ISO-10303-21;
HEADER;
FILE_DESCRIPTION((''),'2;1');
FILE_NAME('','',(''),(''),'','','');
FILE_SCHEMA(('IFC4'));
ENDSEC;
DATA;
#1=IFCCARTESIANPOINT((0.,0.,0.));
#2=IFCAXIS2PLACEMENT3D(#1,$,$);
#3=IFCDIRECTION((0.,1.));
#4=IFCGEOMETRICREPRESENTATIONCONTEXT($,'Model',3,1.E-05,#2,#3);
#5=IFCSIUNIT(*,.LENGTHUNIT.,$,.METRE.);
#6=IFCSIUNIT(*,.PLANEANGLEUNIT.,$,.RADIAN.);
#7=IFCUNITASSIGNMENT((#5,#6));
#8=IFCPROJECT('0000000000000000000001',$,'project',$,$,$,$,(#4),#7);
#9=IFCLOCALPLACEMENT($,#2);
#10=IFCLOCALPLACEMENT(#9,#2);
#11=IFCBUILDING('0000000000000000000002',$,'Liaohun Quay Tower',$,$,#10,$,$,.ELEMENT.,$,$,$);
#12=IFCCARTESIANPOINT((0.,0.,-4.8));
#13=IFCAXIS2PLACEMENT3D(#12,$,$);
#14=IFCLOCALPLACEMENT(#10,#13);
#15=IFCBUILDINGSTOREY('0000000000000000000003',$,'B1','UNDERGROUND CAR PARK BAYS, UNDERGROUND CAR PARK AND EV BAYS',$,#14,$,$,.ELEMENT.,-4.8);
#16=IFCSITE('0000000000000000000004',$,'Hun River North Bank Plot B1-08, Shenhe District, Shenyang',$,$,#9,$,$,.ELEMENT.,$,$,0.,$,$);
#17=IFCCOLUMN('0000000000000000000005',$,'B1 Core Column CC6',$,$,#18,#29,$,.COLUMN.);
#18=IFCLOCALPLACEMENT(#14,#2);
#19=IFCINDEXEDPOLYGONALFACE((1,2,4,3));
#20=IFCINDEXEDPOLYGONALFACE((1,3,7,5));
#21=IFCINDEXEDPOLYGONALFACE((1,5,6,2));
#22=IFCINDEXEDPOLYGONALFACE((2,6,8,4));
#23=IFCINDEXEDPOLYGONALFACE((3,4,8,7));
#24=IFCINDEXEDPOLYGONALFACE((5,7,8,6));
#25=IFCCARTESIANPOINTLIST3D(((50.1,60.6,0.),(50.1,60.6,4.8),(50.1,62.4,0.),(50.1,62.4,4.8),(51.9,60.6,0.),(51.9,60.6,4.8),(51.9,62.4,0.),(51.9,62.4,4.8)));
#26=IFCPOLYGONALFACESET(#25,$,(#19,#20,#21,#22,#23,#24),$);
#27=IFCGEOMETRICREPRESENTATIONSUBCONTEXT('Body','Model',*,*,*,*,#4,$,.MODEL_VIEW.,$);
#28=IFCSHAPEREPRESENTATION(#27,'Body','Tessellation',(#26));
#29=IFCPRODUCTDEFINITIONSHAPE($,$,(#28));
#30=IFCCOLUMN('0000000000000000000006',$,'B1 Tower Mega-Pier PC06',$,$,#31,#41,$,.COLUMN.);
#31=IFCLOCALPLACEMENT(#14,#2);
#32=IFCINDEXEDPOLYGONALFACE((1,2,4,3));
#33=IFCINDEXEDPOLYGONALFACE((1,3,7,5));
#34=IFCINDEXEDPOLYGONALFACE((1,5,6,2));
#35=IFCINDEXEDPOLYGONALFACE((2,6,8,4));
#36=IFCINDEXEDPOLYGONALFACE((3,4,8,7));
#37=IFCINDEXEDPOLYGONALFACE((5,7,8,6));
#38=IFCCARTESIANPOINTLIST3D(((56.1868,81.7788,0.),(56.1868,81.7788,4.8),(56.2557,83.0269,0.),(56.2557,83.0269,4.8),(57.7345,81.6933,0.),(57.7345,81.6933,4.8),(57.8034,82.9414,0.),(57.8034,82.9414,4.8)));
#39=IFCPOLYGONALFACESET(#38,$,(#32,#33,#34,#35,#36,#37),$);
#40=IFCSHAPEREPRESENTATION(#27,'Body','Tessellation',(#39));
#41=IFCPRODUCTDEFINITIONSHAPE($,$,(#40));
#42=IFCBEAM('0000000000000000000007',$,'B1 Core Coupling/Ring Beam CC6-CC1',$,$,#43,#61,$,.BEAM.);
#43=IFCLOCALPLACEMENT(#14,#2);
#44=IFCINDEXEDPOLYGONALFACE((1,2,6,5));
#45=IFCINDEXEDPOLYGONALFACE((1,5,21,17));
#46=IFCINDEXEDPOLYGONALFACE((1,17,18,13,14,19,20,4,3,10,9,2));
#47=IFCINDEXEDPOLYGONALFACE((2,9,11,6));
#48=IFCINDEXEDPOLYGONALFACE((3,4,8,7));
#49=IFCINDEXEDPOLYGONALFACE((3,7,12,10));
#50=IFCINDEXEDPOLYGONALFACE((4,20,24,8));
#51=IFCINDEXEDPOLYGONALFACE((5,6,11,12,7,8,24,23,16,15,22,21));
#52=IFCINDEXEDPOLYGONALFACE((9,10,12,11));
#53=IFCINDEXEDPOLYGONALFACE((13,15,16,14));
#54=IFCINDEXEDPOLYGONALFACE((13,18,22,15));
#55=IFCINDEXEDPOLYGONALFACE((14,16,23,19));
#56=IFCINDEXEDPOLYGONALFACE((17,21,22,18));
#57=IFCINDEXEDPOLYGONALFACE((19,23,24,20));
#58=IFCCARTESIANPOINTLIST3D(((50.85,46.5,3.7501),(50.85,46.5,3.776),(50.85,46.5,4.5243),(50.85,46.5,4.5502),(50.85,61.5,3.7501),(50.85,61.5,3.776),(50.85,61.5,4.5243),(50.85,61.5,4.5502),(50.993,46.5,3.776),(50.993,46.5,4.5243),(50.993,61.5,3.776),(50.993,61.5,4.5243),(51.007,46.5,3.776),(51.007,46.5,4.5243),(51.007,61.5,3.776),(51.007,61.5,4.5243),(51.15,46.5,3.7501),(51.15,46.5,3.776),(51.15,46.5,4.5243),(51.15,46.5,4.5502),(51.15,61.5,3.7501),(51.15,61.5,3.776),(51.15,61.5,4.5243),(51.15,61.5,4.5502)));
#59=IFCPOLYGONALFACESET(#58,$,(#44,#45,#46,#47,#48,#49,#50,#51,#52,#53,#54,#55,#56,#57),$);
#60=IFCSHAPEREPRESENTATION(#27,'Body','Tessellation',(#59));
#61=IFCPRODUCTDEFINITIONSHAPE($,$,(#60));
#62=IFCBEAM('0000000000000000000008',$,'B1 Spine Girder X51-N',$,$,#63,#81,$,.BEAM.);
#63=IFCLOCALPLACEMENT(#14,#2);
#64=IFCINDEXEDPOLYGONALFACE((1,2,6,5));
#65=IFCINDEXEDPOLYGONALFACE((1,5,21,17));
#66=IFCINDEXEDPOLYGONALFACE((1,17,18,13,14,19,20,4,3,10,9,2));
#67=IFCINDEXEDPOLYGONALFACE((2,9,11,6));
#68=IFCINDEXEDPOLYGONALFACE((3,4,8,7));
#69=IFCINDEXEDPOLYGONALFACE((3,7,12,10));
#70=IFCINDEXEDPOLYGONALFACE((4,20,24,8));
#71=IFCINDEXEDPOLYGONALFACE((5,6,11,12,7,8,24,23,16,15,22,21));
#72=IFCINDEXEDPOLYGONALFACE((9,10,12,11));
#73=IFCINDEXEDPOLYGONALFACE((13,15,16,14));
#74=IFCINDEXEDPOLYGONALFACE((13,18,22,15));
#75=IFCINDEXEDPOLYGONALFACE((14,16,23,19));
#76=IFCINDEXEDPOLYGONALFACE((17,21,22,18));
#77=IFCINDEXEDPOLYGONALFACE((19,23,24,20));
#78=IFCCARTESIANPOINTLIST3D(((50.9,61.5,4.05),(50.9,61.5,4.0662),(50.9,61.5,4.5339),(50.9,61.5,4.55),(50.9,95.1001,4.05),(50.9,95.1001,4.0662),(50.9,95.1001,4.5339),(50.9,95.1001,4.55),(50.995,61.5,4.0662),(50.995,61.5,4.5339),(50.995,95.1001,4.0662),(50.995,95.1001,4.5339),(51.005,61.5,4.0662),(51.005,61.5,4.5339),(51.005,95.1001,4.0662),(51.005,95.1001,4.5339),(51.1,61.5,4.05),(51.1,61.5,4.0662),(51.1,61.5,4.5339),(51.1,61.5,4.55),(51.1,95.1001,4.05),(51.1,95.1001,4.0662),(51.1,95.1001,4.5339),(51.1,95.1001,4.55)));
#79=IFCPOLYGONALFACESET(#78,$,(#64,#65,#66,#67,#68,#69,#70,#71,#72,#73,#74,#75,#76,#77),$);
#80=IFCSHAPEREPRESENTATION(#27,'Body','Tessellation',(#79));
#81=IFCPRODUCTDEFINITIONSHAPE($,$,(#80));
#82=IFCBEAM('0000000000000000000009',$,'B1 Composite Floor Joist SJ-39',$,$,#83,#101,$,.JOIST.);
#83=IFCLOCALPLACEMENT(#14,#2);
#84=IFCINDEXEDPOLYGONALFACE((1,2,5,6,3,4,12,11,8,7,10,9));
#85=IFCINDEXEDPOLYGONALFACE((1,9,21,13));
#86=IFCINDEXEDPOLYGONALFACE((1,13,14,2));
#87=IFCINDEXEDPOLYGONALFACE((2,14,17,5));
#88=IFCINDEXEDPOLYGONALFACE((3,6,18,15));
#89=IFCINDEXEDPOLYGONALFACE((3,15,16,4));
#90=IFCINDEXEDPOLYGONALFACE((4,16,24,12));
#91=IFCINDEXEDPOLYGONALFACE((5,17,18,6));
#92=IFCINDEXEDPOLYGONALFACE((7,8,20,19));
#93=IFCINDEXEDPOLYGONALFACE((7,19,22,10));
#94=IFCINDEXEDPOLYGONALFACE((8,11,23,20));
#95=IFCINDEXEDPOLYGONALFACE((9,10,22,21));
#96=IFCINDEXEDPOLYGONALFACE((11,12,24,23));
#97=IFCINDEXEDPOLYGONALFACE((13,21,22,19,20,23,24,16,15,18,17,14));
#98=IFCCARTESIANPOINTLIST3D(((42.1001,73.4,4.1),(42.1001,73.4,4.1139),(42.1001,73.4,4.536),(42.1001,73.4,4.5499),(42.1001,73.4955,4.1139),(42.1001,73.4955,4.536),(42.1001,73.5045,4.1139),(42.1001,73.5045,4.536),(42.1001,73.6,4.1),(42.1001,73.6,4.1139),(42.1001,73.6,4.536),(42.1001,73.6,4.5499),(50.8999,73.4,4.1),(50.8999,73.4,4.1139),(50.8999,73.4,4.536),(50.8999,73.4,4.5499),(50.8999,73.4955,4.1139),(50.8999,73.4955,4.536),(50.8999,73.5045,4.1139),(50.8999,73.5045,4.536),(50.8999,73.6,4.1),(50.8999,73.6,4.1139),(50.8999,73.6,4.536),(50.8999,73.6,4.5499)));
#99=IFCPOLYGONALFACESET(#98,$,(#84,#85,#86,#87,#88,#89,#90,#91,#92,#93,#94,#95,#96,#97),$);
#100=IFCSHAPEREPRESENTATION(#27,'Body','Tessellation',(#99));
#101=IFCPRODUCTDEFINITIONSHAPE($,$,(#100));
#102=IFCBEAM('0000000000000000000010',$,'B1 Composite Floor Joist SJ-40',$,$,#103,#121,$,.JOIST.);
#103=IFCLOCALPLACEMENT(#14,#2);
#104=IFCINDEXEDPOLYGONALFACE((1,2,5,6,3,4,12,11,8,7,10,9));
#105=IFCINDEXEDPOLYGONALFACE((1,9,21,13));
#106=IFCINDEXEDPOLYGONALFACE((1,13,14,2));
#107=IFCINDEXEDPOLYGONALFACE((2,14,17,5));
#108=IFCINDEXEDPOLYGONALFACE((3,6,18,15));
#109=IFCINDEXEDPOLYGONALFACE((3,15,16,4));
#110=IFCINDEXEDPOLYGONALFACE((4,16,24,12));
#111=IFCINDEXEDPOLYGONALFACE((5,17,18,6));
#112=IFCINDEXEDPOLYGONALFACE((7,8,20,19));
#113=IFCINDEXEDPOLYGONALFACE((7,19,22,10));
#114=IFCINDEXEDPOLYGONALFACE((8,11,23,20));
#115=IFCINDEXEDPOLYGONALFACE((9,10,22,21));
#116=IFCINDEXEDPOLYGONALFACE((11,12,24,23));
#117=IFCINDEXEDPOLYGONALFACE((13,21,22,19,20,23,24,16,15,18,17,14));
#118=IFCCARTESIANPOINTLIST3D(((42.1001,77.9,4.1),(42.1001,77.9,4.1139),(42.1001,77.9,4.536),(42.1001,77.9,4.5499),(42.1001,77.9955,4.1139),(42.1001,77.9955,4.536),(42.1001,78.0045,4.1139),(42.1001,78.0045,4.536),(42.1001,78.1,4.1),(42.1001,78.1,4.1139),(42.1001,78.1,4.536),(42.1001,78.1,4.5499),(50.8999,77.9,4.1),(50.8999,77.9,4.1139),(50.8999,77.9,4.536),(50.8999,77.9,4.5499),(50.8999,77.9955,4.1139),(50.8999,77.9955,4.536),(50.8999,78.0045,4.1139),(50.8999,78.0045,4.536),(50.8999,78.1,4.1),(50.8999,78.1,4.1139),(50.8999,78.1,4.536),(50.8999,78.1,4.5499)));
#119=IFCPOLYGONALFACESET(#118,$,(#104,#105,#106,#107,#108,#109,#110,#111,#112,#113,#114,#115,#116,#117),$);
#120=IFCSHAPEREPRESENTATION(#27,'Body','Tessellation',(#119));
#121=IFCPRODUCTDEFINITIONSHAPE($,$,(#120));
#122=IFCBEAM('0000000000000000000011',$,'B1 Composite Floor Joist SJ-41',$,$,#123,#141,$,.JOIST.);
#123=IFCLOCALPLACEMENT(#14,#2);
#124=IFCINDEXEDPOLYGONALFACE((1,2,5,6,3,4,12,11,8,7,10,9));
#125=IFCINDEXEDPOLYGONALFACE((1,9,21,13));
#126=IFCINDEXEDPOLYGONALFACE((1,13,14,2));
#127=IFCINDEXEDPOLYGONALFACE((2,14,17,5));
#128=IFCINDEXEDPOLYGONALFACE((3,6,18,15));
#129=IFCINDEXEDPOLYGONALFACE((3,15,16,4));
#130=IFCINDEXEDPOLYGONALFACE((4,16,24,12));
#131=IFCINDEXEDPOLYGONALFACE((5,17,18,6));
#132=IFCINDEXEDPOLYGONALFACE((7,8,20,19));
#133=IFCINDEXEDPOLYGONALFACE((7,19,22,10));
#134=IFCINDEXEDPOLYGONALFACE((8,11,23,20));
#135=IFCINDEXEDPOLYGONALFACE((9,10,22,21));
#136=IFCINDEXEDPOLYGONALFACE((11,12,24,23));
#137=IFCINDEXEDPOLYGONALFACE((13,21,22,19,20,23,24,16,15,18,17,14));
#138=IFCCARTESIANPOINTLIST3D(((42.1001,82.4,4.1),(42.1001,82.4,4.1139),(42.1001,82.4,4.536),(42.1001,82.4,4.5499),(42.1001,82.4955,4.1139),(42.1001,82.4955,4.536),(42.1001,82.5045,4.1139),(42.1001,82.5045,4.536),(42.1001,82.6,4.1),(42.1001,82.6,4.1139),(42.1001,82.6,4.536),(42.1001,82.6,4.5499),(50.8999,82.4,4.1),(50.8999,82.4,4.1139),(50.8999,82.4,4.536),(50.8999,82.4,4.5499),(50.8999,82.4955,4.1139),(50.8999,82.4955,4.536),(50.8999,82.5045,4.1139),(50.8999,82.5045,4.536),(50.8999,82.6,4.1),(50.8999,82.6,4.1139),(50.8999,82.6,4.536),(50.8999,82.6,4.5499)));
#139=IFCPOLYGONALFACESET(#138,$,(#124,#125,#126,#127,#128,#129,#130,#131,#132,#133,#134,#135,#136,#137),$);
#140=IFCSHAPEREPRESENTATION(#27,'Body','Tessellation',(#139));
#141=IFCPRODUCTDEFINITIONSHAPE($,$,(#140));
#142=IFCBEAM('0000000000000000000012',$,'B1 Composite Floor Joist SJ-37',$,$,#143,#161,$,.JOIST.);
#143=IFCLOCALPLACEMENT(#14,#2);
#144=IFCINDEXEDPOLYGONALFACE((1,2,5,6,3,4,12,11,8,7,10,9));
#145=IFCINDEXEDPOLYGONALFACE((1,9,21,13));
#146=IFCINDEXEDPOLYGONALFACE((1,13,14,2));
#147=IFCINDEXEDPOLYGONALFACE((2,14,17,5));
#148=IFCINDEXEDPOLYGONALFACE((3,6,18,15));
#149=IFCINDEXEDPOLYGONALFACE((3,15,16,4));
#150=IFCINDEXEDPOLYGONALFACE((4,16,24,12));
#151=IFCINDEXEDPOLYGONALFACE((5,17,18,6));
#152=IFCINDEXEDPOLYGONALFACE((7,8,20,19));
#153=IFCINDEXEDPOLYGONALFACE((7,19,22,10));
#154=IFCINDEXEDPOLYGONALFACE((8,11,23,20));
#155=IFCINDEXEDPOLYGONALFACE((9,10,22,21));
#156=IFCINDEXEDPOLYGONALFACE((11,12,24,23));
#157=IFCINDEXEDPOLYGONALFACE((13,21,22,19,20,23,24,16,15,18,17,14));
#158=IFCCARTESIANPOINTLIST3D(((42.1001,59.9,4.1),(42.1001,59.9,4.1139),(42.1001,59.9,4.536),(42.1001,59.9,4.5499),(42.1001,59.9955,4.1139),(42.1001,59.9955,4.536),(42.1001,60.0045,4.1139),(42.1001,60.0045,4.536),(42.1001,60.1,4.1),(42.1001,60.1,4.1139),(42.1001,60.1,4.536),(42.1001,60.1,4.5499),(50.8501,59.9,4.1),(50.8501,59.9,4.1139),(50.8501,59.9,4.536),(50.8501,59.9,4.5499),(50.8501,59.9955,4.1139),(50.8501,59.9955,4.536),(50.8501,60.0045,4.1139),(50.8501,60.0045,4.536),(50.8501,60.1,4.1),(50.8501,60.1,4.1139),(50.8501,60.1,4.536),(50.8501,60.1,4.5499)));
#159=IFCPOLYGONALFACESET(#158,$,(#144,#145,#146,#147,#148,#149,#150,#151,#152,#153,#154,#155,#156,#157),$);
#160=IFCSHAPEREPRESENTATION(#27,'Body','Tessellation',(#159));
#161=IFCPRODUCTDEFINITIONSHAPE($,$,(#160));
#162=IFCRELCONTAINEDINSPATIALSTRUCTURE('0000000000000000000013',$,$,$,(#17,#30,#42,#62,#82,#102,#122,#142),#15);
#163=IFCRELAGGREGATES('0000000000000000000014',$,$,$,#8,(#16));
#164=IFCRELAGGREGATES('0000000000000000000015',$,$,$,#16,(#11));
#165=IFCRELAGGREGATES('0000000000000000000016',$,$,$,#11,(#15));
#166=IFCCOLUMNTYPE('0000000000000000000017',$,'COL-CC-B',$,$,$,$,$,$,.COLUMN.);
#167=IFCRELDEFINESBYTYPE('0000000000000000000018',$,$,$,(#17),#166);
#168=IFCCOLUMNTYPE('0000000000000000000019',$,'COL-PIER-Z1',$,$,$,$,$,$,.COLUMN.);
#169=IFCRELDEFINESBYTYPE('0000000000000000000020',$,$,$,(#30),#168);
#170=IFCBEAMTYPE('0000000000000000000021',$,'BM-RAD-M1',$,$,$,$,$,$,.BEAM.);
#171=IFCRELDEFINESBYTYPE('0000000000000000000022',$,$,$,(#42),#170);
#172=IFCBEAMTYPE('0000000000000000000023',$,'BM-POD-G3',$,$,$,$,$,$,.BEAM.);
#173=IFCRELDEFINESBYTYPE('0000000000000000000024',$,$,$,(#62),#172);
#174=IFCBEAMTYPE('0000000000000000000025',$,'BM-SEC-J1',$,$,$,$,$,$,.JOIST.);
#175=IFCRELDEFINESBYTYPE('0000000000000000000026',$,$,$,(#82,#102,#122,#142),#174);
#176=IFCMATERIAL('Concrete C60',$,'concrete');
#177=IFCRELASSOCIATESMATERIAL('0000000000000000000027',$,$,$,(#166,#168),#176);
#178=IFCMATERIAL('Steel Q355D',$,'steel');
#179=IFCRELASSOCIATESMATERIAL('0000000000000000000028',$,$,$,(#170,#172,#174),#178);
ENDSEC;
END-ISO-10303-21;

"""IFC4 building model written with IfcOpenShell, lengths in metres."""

from ifc_helpers import new_model, si_unit, direction, frame, origin, origin_2d, place, context, subcontext, project, spatial, rectangle, i_section, extrude, source, transform, mapped, material, material_profile, profile_set, type_object, element, save


model = new_model("IFC4")

# Units and contexts
model_context = context("Model", 3, precision=1e-05, world=origin(), true_north=direction((0.0, 1.0)))
body_context = subcontext(model_context, "Body", "Model", "MODEL_VIEW")
ifc_project = project(units=[si_unit("LENGTHUNIT", "METRE"), si_unit("PLANEANGLEUNIT", "RADIAN")], contexts=[model_context])

# Site, building, storey
site_placement = place(None, origin())
site = spatial("IfcSite", under=ifc_project, at=site_placement, Name="Hun River North Bank Plot B1-08, Shenhe District, Shenyang", CompositionType="ELEMENT", RefElevation=0.0)
building_placement = place(site_placement, origin())
building = spatial("IfcBuilding", under=site, at=building_placement, Name="Liaohun Quay Tower", CompositionType="ELEMENT")
storey_placement = place(building_placement, frame((0.0, 0.0, -4.8)))
storey = spatial("IfcBuildingStorey", under=building, at=storey_placement, Name="B1", Description="UNDERGROUND CAR PARK BAYS, UNDERGROUND CAR PARK AND EV BAYS", CompositionType="ELEMENT", Elevation=-4.8)

# Columns
ifc_material_1 = material(Name="Concrete C60", Category="concrete")
ifc_material_profile_1 = material_profile(ifc_material_1, rectangle(XDim=1.8, YDim=1.8, at=origin_2d()), Name="RC1800x1800")
ifc_profile_set_1 = profile_set([ifc_material_profile_1], Name="Concrete C60")
column_type_1 = type_object("IfcColumnType", Name="COL-CC-B", PredefinedType="COLUMN", material=ifc_profile_set_1)
shared_shape_1 = source(origin(), body_context, "Body", "SweptSolid", [
    extrude(rectangle(XDim=1.8, YDim=1.8, at=origin_2d()), origin(), (0.0, 0.0, 1.0), 4.8),
])
column_1_placement = place(storey_placement, frame((51.0, 61.5, 0.0), z_axis=(0.0, 0.0, 1.0), x_axis=(1.0, 0.0, 0.0)))
element("IfcColumn", 1, at=column_1_placement, inside=storey, type_object=column_type_1, Name="B1 Core Column CC6", PredefinedType="COLUMN", context=body_context, shape_type="MappedRepresentation", body=[
    mapped(shared_shape_1, transform((0.0, 0.0, 0.0), x_axis=(1.0, 0.0, 0.0), y_axis=(0.0, 1.0, 0.0), z_axis=(0.0, 0.0, 1.0), scale=1.0)),
])
ifc_material_profile_2 = material_profile(ifc_material_1, rectangle(XDim=1.55, YDim=1.25, at=origin_2d()), Name="RC1550x1250")
ifc_profile_set_2 = profile_set([ifc_material_profile_2], Name="Concrete C60")
column_type_2 = type_object("IfcColumnType", Name="COL-PIER-Z1", PredefinedType="COLUMN", material=ifc_profile_set_2)
shared_shape_2 = source(origin(), body_context, "Body", "SweptSolid", [
    extrude(rectangle(XDim=1.55, YDim=1.25, at=origin_2d()), origin(), (0.0, 0.0, 1.0), 4.8),
])
column_2_placement = place(storey_placement, frame((56.9951, 82.3601, 0.0), z_axis=(0.0, 0.0, 1.0), x_axis=(-0.998479, 0.055124, 0.0)))
element("IfcColumn", 2, at=column_2_placement, inside=storey, type_object=column_type_2, Name="B1 Tower Mega-Pier PC06", PredefinedType="COLUMN", context=body_context, shape_type="MappedRepresentation", body=[
    mapped(shared_shape_2, transform((0.0, 0.0, 0.0), x_axis=(1.0, 0.0, 0.0), y_axis=(0.0, 1.0, 0.0), z_axis=(0.0, 0.0, 1.0), scale=1.0)),
])

# Beams
ifc_material_2 = material(Name="Steel Q355D", Category="steel")
ifc_material_profile_3 = material_profile(ifc_material_2, i_section(OverallWidth=0.3, OverallDepth=0.8, WebThickness=0.0139, FlangeThickness=0.0259, at=origin_2d()), Name="HN800x300x14x26")
ifc_profile_set_3 = profile_set([ifc_material_profile_3], Name="Steel Q355D")
beam_type_1 = type_object("IfcBeamType", Name="BM-RAD-M1", PredefinedType="BEAM", material=ifc_profile_set_3)
shared_shape_3 = source(origin(), body_context, "Body", "SweptSolid", [
    extrude(i_section(OverallWidth=0.3, OverallDepth=0.8, WebThickness=0.0139, FlangeThickness=0.0259, at=origin_2d()), origin(), (0.0, 0.0, 1.0), 15.0),
])
beam_1_placement = place(storey_placement, frame((51.0, 61.5, 4.1501), z_axis=(0.0, -1.0, 0.0), x_axis=(1.0, 0.0, 0.0)))
element("IfcBeam", 3, at=beam_1_placement, inside=storey, type_object=beam_type_1, Name="B1 Core Coupling/Ring Beam CC6-CC1", PredefinedType="BEAM", context=body_context, shape_type="MappedRepresentation", body=[
    mapped(shared_shape_3, transform((0.0, 0.0, 0.0), x_axis=(1.0, 0.0, 0.0), y_axis=(0.0, 1.0, 0.0), z_axis=(0.0, 0.0, 1.0), scale=1.0)),
])
ifc_material_profile_4 = material_profile(ifc_material_2, i_section(OverallWidth=0.2, OverallDepth=0.5, WebThickness=0.01, FlangeThickness=0.0161, at=origin_2d()), Name="HN500x200x10x16")
ifc_profile_set_4 = profile_set([ifc_material_profile_4], Name="Steel Q355D")
beam_type_2 = type_object("IfcBeamType", Name="BM-POD-G3", PredefinedType="BEAM", material=ifc_profile_set_4)
shared_shape_4 = source(origin(), body_context, "Body", "SweptSolid", [
    extrude(i_section(OverallWidth=0.2, OverallDepth=0.5, WebThickness=0.01, FlangeThickness=0.0161, at=origin_2d()), origin(), (0.0, 0.0, 1.0), 33.6001),
])
beam_2_placement = place(storey_placement, frame((51.0, 61.5, 4.3), z_axis=(0.0, 1.0, 0.0), x_axis=(-1.0, 0.0, 0.0)))
element("IfcBeam", 4, at=beam_2_placement, inside=storey, type_object=beam_type_2, Name="B1 Spine Girder X51-N", PredefinedType="BEAM", context=body_context, shape_type="MappedRepresentation", body=[
    mapped(shared_shape_4, transform((0.0, 0.0, 0.0), x_axis=(1.0, 0.0, 0.0), y_axis=(0.0, 1.0, 0.0), z_axis=(0.0, 0.0, 1.0), scale=1.0)),
])
ifc_material_profile_5 = material_profile(ifc_material_2, i_section(OverallWidth=0.2, OverallDepth=0.45, WebThickness=0.009, FlangeThickness=0.0139, at=origin_2d()), Name="HN450x200x9x14")
ifc_profile_set_5 = profile_set([ifc_material_profile_5], Name="Steel Q355D")
beam_type_3 = type_object("IfcBeamType", Name="BM-SEC-J1", PredefinedType="JOIST", material=ifc_profile_set_5)
shared_shape_5 = source(origin(), body_context, "Body", "SweptSolid", [
    extrude(i_section(OverallWidth=0.2, OverallDepth=0.45, WebThickness=0.009, FlangeThickness=0.0139, at=origin_2d()), origin(), (0.0, 0.0, 1.0), 8.7998),
])
for number, where, z_axis, x_axis, name in (
    (5, (42.1001, 73.5, 4.325), (1.0, 0.0, 0.0), (0.0, 1.0, 0.0), "B1 Composite Floor Joist SJ-39"),
    (6, (42.1001, 78.0, 4.325), (1.0, 0.0, 0.0), (0.0, 1.0, 0.0), "B1 Composite Floor Joist SJ-40"),
    (7, (42.1001, 82.5, 4.325), (1.0, 0.0, 0.0), (0.0, 1.0, 0.0), "B1 Composite Floor Joist SJ-41"),
):
    element("IfcBeam", number, at=place(storey_placement, frame(where, z_axis=z_axis, x_axis=x_axis)), inside=storey, type_object=beam_type_3, Name=name, PredefinedType="JOIST", context=body_context, shape_type="MappedRepresentation", body=[
        mapped(shared_shape_5, transform((0.0, 0.0, 0.0), x_axis=(1.0, 0.0, 0.0), y_axis=(0.0, 1.0, 0.0), z_axis=(0.0, 0.0, 1.0), scale=1.0)),
    ])
shared_shape_6 = source(origin(), body_context, "Body", "SweptSolid", [
    extrude(i_section(OverallWidth=0.2, OverallDepth=0.45, WebThickness=0.009, FlangeThickness=0.0139, at=origin_2d()), origin(), (0.0, 0.0, 1.0), 8.75),
])
beam_3_placement = place(storey_placement, frame((42.1001, 60.0, 4.325), z_axis=(1.0, 0.0, 0.0), x_axis=(0.0, 1.0, 0.0)))
element("IfcBeam", 8, at=beam_3_placement, inside=storey, type_object=beam_type_3, Name="B1 Composite Floor Joist SJ-37", PredefinedType="JOIST", context=body_context, shape_type="MappedRepresentation", body=[
    mapped(shared_shape_6, transform((0.0, 0.0, 0.0), x_axis=(1.0, 0.0, 0.0), y_axis=(0.0, 1.0, 0.0), z_axis=(0.0, 0.0, 1.0), scale=1.0)),
])

save(model, "model.ifc")
